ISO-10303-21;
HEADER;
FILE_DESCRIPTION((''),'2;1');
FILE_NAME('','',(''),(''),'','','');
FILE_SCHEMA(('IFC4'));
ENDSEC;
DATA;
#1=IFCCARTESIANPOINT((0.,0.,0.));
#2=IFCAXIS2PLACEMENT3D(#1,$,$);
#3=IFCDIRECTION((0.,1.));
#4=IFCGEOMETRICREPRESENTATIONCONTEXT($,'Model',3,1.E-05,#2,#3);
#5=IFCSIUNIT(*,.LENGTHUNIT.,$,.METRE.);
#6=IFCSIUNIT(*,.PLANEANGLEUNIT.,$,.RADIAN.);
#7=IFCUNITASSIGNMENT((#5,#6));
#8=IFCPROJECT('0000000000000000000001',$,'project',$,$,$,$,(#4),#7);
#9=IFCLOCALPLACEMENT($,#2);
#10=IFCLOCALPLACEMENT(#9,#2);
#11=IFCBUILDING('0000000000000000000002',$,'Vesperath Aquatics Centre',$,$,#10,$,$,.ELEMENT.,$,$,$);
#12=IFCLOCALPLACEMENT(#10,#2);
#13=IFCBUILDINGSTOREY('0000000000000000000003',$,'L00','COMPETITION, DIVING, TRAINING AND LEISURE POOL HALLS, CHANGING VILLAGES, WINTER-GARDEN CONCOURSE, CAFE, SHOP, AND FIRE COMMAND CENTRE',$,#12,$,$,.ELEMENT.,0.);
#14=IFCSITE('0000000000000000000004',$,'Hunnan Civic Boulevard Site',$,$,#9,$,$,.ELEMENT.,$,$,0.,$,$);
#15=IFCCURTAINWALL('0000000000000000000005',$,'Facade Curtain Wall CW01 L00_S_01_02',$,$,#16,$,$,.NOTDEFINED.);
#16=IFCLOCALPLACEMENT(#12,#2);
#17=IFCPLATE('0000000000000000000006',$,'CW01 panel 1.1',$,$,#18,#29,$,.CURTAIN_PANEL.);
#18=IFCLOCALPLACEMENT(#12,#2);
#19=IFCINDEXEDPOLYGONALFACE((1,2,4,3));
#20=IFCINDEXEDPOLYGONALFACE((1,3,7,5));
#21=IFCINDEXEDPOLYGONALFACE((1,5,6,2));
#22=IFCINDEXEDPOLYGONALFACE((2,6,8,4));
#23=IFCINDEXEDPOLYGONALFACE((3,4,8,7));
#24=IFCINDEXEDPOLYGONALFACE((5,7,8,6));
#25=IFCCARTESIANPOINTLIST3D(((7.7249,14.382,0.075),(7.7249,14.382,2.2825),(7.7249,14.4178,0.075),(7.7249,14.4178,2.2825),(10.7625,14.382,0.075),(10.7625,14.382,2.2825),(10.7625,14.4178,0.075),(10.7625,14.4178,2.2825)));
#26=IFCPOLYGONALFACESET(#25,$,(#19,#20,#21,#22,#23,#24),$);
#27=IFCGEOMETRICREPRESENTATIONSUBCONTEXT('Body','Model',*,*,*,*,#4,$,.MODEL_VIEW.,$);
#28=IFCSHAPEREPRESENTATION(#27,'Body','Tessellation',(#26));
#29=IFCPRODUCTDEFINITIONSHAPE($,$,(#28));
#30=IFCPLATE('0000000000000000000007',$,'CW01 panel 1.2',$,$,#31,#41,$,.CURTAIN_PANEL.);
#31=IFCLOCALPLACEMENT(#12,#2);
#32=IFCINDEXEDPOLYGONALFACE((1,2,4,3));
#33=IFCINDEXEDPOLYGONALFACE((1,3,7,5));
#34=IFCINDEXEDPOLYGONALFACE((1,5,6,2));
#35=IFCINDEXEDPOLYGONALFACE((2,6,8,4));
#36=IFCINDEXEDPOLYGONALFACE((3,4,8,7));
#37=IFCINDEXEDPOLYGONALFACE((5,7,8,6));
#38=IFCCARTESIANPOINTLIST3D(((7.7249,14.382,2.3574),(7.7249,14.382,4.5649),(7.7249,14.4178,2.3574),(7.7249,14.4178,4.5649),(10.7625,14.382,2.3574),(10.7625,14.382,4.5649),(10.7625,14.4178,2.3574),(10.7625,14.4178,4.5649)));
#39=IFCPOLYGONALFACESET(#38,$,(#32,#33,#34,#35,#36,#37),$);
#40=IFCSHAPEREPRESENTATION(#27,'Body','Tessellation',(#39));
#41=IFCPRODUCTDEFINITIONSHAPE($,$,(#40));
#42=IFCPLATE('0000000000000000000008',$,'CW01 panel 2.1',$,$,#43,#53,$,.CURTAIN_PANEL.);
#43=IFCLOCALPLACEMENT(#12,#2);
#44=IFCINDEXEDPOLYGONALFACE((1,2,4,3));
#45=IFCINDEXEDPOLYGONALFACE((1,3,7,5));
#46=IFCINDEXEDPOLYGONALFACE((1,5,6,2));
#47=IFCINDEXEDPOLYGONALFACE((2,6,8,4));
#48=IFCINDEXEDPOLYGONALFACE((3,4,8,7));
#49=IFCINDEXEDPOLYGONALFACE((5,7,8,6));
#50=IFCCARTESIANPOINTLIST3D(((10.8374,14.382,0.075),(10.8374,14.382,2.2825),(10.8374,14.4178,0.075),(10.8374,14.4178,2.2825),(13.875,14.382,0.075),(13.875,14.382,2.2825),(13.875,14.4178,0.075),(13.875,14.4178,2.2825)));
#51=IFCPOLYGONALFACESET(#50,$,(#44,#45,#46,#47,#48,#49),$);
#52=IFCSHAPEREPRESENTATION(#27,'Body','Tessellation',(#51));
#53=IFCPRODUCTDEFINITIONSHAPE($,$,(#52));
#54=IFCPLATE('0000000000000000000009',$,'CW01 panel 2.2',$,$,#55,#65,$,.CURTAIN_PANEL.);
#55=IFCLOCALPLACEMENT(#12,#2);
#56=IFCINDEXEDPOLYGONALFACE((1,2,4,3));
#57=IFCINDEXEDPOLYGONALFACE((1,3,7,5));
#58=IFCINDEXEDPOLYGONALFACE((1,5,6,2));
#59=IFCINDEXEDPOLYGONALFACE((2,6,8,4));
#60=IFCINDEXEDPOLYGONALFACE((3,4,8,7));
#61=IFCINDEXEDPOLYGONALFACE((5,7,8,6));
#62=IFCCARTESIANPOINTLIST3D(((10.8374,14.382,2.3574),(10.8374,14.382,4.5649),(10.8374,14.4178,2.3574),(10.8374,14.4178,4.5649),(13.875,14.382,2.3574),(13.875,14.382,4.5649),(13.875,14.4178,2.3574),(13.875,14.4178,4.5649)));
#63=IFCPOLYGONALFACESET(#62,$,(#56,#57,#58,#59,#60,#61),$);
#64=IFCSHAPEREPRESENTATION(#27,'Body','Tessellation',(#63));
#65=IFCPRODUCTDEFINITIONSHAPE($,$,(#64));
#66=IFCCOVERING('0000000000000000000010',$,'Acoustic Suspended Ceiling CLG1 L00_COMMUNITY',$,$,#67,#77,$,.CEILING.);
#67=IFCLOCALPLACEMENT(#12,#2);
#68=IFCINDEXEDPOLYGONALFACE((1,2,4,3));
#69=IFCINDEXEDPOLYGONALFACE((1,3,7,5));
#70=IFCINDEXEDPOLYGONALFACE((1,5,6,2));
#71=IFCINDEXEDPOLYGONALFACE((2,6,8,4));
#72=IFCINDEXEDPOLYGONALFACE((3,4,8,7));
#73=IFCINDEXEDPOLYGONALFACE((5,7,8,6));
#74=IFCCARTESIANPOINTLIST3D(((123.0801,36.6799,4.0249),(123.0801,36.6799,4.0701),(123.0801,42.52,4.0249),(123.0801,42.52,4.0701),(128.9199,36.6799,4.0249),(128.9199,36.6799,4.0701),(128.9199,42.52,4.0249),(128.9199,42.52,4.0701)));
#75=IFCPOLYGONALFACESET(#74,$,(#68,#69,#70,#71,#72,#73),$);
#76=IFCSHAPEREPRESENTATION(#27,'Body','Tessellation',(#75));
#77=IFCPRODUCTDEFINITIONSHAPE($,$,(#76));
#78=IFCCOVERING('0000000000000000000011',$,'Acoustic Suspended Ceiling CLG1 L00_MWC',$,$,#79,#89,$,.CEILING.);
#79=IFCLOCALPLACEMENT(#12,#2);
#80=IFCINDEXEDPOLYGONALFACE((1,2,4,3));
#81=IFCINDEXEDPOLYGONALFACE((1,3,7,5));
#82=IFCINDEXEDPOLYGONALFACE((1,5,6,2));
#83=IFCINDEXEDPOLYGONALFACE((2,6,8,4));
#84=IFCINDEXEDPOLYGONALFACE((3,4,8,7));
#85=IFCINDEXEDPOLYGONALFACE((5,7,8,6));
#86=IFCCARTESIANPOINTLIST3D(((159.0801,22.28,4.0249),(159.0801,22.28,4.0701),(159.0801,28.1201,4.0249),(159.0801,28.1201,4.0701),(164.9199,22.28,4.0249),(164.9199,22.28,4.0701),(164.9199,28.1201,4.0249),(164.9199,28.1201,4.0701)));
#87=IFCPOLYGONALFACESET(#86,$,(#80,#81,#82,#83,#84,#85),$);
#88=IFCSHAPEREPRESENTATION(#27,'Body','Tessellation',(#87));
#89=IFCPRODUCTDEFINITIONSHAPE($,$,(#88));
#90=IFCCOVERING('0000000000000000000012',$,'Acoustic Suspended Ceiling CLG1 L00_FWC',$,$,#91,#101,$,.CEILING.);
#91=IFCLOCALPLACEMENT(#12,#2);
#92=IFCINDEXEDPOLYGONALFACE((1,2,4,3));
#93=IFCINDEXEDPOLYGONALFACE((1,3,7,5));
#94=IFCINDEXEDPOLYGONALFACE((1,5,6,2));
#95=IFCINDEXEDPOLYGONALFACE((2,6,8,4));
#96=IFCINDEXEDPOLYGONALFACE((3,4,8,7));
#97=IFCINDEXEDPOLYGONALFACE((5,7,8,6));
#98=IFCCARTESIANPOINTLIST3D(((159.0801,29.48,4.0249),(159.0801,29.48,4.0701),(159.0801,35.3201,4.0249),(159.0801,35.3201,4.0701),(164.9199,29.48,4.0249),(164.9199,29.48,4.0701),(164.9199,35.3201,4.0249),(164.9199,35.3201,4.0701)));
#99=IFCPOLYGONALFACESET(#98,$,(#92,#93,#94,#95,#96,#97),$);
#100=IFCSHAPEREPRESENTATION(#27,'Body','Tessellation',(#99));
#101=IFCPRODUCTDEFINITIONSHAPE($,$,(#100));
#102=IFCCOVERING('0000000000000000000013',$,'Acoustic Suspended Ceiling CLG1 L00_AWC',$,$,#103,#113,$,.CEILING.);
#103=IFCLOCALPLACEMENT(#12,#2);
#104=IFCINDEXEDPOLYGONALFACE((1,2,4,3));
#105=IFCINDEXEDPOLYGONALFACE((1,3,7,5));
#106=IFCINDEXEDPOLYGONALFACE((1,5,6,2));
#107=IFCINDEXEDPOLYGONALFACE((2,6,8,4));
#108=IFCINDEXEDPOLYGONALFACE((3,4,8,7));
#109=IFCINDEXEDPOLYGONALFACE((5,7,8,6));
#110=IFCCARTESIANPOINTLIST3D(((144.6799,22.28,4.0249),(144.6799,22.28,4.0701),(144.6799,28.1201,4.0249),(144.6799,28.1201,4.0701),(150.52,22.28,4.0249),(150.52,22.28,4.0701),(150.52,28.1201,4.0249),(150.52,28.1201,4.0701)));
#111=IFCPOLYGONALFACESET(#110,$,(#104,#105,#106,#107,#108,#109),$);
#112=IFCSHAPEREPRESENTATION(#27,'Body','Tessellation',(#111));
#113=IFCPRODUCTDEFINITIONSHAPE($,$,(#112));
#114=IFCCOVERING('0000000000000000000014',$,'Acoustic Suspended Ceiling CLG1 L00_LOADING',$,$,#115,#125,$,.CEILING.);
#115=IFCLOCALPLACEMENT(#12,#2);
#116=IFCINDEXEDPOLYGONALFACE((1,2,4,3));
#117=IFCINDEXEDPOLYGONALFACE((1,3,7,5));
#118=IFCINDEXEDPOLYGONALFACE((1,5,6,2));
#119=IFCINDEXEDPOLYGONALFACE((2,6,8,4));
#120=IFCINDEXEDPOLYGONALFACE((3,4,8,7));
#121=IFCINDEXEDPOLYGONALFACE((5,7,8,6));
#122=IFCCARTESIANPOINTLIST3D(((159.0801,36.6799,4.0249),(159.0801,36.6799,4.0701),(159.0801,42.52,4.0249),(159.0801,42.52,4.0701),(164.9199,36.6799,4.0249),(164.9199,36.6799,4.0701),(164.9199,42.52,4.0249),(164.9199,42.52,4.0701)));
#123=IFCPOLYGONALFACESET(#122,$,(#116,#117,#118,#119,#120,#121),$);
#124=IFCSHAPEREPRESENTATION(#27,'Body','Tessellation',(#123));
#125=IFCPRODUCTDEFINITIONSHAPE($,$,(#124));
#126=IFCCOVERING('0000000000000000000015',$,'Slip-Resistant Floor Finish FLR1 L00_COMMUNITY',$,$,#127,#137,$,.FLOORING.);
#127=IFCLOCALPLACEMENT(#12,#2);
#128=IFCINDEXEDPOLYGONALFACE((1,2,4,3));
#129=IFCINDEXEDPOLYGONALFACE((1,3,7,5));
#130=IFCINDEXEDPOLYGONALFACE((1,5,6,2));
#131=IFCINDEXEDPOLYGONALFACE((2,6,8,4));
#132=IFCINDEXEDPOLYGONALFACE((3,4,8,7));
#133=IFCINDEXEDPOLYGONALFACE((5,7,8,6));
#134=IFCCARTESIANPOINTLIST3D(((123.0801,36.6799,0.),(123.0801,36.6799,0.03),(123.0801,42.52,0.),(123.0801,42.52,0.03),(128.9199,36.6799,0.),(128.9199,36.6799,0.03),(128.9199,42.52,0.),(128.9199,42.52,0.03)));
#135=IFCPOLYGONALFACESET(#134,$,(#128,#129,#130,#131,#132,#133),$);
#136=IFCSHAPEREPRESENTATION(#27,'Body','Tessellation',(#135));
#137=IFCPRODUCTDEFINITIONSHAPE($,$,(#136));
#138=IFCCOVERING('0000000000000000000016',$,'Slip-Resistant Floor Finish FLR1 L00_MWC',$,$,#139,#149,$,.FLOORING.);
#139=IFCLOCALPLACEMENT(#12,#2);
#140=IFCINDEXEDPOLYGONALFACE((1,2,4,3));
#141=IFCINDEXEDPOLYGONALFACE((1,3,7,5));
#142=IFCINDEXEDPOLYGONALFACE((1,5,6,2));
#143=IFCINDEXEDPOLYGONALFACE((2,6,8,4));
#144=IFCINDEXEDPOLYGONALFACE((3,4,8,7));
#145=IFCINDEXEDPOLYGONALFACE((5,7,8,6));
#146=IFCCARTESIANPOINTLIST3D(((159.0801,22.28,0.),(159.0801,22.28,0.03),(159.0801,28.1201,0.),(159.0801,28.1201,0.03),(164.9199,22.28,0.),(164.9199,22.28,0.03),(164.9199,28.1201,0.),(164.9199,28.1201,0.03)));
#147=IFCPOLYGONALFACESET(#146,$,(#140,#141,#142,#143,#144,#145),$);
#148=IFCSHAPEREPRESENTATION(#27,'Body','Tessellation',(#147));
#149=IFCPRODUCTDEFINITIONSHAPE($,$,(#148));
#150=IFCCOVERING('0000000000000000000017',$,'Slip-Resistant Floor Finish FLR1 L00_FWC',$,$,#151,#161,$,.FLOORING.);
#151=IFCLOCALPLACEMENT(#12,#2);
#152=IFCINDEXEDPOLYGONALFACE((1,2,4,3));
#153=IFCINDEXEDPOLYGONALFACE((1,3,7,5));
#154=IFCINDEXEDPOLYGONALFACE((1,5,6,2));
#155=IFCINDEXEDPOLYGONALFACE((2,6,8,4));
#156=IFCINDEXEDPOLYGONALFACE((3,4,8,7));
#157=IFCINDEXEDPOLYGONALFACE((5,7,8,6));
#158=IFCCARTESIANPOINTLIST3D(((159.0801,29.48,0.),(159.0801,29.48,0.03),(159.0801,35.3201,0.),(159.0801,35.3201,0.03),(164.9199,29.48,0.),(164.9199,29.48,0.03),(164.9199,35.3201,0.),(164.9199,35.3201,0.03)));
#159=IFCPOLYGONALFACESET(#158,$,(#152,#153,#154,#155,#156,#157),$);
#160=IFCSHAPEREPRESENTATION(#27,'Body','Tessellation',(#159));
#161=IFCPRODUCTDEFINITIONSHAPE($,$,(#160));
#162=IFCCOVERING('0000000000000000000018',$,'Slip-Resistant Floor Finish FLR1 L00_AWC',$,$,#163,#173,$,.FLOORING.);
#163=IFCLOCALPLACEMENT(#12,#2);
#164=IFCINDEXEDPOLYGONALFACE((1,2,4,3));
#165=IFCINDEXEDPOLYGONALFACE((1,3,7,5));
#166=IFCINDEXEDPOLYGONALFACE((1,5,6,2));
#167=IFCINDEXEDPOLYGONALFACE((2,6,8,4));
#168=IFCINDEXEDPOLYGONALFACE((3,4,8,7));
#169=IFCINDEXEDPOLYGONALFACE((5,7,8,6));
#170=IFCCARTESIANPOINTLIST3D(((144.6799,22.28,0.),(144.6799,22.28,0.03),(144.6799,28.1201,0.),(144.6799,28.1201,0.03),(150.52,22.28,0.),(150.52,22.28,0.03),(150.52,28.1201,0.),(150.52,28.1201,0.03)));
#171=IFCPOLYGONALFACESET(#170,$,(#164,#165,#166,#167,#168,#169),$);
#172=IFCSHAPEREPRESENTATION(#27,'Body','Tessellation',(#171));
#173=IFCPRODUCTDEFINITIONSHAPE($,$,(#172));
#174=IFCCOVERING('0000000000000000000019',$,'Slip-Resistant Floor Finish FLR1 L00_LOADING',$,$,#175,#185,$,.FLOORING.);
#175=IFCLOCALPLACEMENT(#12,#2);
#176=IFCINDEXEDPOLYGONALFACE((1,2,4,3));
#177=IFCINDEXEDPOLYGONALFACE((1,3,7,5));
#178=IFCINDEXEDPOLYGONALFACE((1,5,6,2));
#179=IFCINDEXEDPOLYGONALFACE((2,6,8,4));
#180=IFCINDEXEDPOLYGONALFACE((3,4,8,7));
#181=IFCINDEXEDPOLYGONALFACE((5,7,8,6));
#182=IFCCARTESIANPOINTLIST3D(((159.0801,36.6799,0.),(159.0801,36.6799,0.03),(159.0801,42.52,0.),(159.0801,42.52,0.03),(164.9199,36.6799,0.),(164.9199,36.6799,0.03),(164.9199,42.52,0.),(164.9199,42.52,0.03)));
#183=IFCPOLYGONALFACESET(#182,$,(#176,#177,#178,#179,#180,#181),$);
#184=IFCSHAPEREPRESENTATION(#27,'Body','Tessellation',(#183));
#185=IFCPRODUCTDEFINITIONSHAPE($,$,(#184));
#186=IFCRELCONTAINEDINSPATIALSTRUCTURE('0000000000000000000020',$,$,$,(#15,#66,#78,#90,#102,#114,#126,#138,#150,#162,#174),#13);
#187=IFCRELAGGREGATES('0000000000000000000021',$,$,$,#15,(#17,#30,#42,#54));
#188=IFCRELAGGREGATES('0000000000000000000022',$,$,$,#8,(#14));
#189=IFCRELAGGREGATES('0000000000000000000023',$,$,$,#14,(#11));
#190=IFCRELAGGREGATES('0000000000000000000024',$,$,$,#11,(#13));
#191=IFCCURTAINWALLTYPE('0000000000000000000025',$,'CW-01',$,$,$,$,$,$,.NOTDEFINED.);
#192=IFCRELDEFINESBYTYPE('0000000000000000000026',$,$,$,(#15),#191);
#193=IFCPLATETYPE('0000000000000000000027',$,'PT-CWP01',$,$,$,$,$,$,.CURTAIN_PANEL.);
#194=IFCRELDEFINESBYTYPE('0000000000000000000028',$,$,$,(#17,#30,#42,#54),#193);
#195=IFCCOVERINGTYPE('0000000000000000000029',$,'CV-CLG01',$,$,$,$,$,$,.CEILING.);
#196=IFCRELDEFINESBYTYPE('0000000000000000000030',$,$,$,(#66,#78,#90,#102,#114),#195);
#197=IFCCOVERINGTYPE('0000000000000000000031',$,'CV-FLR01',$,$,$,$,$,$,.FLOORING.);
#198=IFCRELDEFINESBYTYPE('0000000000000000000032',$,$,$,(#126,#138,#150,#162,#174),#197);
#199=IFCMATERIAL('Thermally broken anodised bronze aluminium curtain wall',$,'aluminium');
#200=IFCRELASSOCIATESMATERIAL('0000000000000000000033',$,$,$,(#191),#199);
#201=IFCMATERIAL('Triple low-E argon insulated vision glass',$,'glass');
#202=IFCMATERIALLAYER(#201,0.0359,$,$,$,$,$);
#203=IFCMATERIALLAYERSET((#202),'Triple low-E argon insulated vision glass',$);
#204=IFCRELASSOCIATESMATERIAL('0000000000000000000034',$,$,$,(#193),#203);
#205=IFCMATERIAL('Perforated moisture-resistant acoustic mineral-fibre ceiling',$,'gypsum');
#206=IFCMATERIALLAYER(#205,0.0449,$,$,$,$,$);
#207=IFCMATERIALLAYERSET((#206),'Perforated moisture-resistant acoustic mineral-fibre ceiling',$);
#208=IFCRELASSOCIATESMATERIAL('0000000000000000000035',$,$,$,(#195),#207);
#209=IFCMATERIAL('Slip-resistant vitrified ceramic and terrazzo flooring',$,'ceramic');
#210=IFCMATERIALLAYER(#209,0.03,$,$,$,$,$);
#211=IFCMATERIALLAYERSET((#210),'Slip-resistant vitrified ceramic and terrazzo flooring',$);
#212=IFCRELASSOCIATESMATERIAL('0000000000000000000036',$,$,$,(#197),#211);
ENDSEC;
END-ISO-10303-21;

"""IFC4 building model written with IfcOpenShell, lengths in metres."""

from ifc_helpers import new_model, si_unit, direction, frame, origin, origin_2d, place, context, subcontext, project, spatial, polyline, rectangle, outline, extrude, material, layer, layer_set, type_object, element, aggregate, save


model = new_model("IFC4")

# Units and contexts
model_context = context("Model", 3, precision=1e-05, world=origin(), true_north=direction((0.0, 1.0)))
body_context = subcontext(model_context, "Body", "Model", "MODEL_VIEW")
ifc_project = project(units=[si_unit("LENGTHUNIT", "METRE"), si_unit("PLANEANGLEUNIT", "RADIAN")], contexts=[model_context])

# Site, building, storey
site_placement = place(None, origin())
site = spatial("IfcSite", under=ifc_project, at=site_placement, Name="Hunnan Civic Boulevard Site", CompositionType="ELEMENT", RefElevation=0.0)
building_placement = place(site_placement, origin())
building = spatial("IfcBuilding", under=site, at=building_placement, Name="Vesperath Aquatics Centre", CompositionType="ELEMENT")
storey_placement = place(building_placement, origin())
storey = spatial("IfcBuildingStorey", under=building, at=storey_placement, Name="L00", Description="COMPETITION, DIVING, TRAINING AND LEISURE POOL HALLS, CHANGING VILLAGES, WINTER-GARDEN CONCOURSE, CAFE, SHOP, AND FIRE COMMAND CENTRE", CompositionType="ELEMENT", Elevation=0.0)

# Curtain wall, plates
ifc_material_1 = material(Name="Thermally broken anodised bronze aluminium curtain wall", Category="aluminium")
curtain_wall_type = type_object("IfcCurtainWallType", Name="CW-01", PredefinedType="NOTDEFINED", material=ifc_material_1)
curtain_wall_placement = place(storey_placement, origin())
curtain_wall = element("IfcCurtainWall", 1, at=curtain_wall_placement, inside=storey, type_object=curtain_wall_type, Name="Facade Curtain Wall CW01 L00_S_01_02", PredefinedType="NOTDEFINED")
ifc_material_2 = material(Name="Triple low-E argon insulated vision glass", Category="glass")
ifc_layer_1 = layer(ifc_material_2, 0.0359)
ifc_layer_set_1 = layer_set([ifc_layer_1], Name="Triple low-E argon insulated vision glass")
plate_type = type_object("IfcPlateType", Name="PT-CWP01", PredefinedType="CURTAIN_PANEL", material=ifc_layer_set_1)
plate_1_placement = place(storey_placement, frame((9.2437, 14.3999, 0.075), z_axis=(0.0, 0.0, 1.0), x_axis=(1.0, 0.0, 0.0)))
plate_1 = element("IfcPlate", 2, at=plate_1_placement, type_object=plate_type, Name="CW01 panel 1.1", PredefinedType="CURTAIN_PANEL", context=body_context, shape_type="SweptSolid", body=[
    extrude(rectangle(XDim=3.0376, YDim=0.0359, at=origin_2d()), origin(), (0.0, 0.0, 1.0), 2.2075),
])
plate_2_placement = place(storey_placement, frame((9.2437, 14.3999, 2.3574), z_axis=(0.0, 0.0, 1.0), x_axis=(1.0, 0.0, 0.0)))
plate_2 = element("IfcPlate", 3, at=plate_2_placement, type_object=plate_type, Name="CW01 panel 1.2", PredefinedType="CURTAIN_PANEL", context=body_context, shape_type="SweptSolid", body=[
    extrude(rectangle(XDim=3.0376, YDim=0.0359, at=origin_2d()), origin(), (0.0, 0.0, 1.0), 2.2075),
])
plate_3_placement = place(storey_placement, frame((12.3562, 14.3999, 0.075), z_axis=(0.0, 0.0, 1.0), x_axis=(1.0, 0.0, 0.0)))
plate_3 = element("IfcPlate", 4, at=plate_3_placement, type_object=plate_type, Name="CW01 panel 2.1", PredefinedType="CURTAIN_PANEL", context=body_context, shape_type="SweptSolid", body=[
    extrude(rectangle(XDim=3.0376, YDim=0.0359, at=origin_2d()), origin(), (0.0, 0.0, 1.0), 2.2075),
])
plate_4_placement = place(storey_placement, frame((12.3562, 14.3999, 2.3574), z_axis=(0.0, 0.0, 1.0), x_axis=(1.0, 0.0, 0.0)))
plate_4 = element("IfcPlate", 5, at=plate_4_placement, type_object=plate_type, Name="CW01 panel 2.2", PredefinedType="CURTAIN_PANEL", context=body_context, shape_type="SweptSolid", body=[
    extrude(rectangle(XDim=3.0376, YDim=0.0359, at=origin_2d()), origin(), (0.0, 0.0, 1.0), 2.2075),
])
aggregate(curtain_wall, [plate_1, plate_2, plate_3, plate_4])

# Coverings
ifc_material_3 = material(Name="Perforated moisture-resistant acoustic mineral-fibre ceiling", Category="gypsum")
ifc_layer_2 = layer(ifc_material_3, 0.0449)
ifc_layer_set_2 = layer_set([ifc_layer_2], Name="Perforated moisture-resistant acoustic mineral-fibre ceiling")
covering_type_1 = type_object("IfcCoveringType", Name="CV-CLG01", PredefinedType="CEILING", material=ifc_layer_set_2)
covering_1_placement = place(storey_placement, frame((0.0, 0.0, 4.0249)))
element("IfcCovering", 6, at=covering_1_placement, inside=storey, type_object=covering_type_1, Name="Acoustic Suspended Ceiling CLG1 L00_COMMUNITY", PredefinedType="CEILING", context=body_context, shape_type="SweptSolid", body=[
    extrude(outline(polyline([(123.0801, 36.6799), (128.9199, 36.6799), (128.9199, 42.52), (123.0801, 42.52), (123.0801, 36.6799)])), origin(), (0.0, 0.0, 1.0), 0.0452),
])
covering_2_placement = place(storey_placement, frame((0.0, 0.0, 4.0249)))
element("IfcCovering", 7, at=covering_2_placement, inside=storey, type_object=covering_type_1, Name="Acoustic Suspended Ceiling CLG1 L00_MWC", PredefinedType="CEILING", context=body_context, shape_type="SweptSolid", body=[
    extrude(outline(polyline([(159.0801, 22.28), (164.9199, 22.28), (164.9199, 28.1201), (159.0801, 28.1201), (159.0801, 22.28)])), origin(), (0.0, 0.0, 1.0), 0.0452),
])
covering_3_placement = place(storey_placement, frame((0.0, 0.0, 4.0249)))
element("IfcCovering", 8, at=covering_3_placement, inside=storey, type_object=covering_type_1, Name="Acoustic Suspended Ceiling CLG1 L00_FWC", PredefinedType="CEILING", context=body_context, shape_type="SweptSolid", body=[
    extrude(outline(polyline([(159.0801, 29.48), (164.9199, 29.48), (164.9199, 35.3201), (159.0801, 35.3201), (159.0801, 29.48)])), origin(), (0.0, 0.0, 1.0), 0.0452),
])
covering_4_placement = place(storey_placement, frame((0.0, 0.0, 4.0249)))
element("IfcCovering", 9, at=covering_4_placement, inside=storey, type_object=covering_type_1, Name="Acoustic Suspended Ceiling CLG1 L00_AWC", PredefinedType="CEILING", context=body_context, shape_type="SweptSolid", body=[
    extrude(outline(polyline([(144.6799, 22.28), (150.52, 22.28), (150.52, 28.1201), (144.6799, 28.1201), (144.6799, 22.28)])), origin(), (0.0, 0.0, 1.0), 0.0452),
])
covering_5_placement = place(storey_placement, frame((0.0, 0.0, 4.0249)))
element("IfcCovering", 10, at=covering_5_placement, inside=storey, type_object=covering_type_1, Name="Acoustic Suspended Ceiling CLG1 L00_LOADING", PredefinedType="CEILING", context=body_context, shape_type="SweptSolid", body=[
    extrude(outline(polyline([(159.0801, 36.6799), (164.9199, 36.6799), (164.9199, 42.52), (159.0801, 42.52), (159.0801, 36.6799)])), origin(), (0.0, 0.0, 1.0), 0.0452),
])
ifc_material_4 = material(Name="Slip-resistant vitrified ceramic and terrazzo flooring", Category="ceramic")
ifc_layer_3 = layer(ifc_material_4, 0.03)
ifc_layer_set_3 = layer_set([ifc_layer_3], Name="Slip-resistant vitrified ceramic and terrazzo flooring")
covering_type_2 = type_object("IfcCoveringType", Name="CV-FLR01", PredefinedType="FLOORING", material=ifc_layer_set_3)
covering_6_placement = place(storey_placement, origin())
element("IfcCovering", 11, at=covering_6_placement, inside=storey, type_object=covering_type_2, Name="Slip-Resistant Floor Finish FLR1 L00_COMMUNITY", PredefinedType="FLOORING", context=body_context, shape_type="SweptSolid", body=[
    extrude(outline(polyline([(123.0801, 36.6799), (128.9199, 36.6799), (128.9199, 42.52), (123.0801, 42.52), (123.0801, 36.6799)])), origin(), (0.0, 0.0, 1.0), 0.03),
])
covering_7_placement = place(storey_placement, origin())
element("IfcCovering", 12, at=covering_7_placement, inside=storey, type_object=covering_type_2, Name="Slip-Resistant Floor Finish FLR1 L00_MWC", PredefinedType="FLOORING", context=body_context, shape_type="SweptSolid", body=[
    extrude(outline(polyline([(159.0801, 22.28), (164.9199, 22.28), (164.9199, 28.1201), (159.0801, 28.1201), (159.0801, 22.28)])), origin(), (0.0, 0.0, 1.0), 0.03),
])
covering_8_placement = place(storey_placement, origin())
element("IfcCovering", 13, at=covering_8_placement, inside=storey, type_object=covering_type_2, Name="Slip-Resistant Floor Finish FLR1 L00_FWC", PredefinedType="FLOORING", context=body_context, shape_type="SweptSolid", body=[
    extrude(outline(polyline([(159.0801, 29.48), (164.9199, 29.48), (164.9199, 35.3201), (159.0801, 35.3201), (159.0801, 29.48)])), origin(), (0.0, 0.0, 1.0), 0.03),
])
covering_9_placement = place(storey_placement, origin())
element("IfcCovering", 14, at=covering_9_placement, inside=storey, type_object=covering_type_2, Name="Slip-Resistant Floor Finish FLR1 L00_AWC", PredefinedType="FLOORING", context=body_context, shape_type="SweptSolid", body=[
    extrude(outline(polyline([(144.6799, 22.28), (150.52, 22.28), (150.52, 28.1201), (144.6799, 28.1201), (144.6799, 22.28)])), origin(), (0.0, 0.0, 1.0), 0.03),
])
covering_10_placement = place(storey_placement, origin())
element("IfcCovering", 15, at=covering_10_placement, inside=storey, type_object=covering_type_2, Name="Slip-Resistant Floor Finish FLR1 L00_LOADING", PredefinedType="FLOORING", context=body_context, shape_type="SweptSolid", body=[
    extrude(outline(polyline([(159.0801, 36.6799), (164.9199, 36.6799), (164.9199, 42.52), (159.0801, 42.52), (159.0801, 36.6799)])), origin(), (0.0, 0.0, 1.0), 0.03),
])

save(model, "model.ifc")
